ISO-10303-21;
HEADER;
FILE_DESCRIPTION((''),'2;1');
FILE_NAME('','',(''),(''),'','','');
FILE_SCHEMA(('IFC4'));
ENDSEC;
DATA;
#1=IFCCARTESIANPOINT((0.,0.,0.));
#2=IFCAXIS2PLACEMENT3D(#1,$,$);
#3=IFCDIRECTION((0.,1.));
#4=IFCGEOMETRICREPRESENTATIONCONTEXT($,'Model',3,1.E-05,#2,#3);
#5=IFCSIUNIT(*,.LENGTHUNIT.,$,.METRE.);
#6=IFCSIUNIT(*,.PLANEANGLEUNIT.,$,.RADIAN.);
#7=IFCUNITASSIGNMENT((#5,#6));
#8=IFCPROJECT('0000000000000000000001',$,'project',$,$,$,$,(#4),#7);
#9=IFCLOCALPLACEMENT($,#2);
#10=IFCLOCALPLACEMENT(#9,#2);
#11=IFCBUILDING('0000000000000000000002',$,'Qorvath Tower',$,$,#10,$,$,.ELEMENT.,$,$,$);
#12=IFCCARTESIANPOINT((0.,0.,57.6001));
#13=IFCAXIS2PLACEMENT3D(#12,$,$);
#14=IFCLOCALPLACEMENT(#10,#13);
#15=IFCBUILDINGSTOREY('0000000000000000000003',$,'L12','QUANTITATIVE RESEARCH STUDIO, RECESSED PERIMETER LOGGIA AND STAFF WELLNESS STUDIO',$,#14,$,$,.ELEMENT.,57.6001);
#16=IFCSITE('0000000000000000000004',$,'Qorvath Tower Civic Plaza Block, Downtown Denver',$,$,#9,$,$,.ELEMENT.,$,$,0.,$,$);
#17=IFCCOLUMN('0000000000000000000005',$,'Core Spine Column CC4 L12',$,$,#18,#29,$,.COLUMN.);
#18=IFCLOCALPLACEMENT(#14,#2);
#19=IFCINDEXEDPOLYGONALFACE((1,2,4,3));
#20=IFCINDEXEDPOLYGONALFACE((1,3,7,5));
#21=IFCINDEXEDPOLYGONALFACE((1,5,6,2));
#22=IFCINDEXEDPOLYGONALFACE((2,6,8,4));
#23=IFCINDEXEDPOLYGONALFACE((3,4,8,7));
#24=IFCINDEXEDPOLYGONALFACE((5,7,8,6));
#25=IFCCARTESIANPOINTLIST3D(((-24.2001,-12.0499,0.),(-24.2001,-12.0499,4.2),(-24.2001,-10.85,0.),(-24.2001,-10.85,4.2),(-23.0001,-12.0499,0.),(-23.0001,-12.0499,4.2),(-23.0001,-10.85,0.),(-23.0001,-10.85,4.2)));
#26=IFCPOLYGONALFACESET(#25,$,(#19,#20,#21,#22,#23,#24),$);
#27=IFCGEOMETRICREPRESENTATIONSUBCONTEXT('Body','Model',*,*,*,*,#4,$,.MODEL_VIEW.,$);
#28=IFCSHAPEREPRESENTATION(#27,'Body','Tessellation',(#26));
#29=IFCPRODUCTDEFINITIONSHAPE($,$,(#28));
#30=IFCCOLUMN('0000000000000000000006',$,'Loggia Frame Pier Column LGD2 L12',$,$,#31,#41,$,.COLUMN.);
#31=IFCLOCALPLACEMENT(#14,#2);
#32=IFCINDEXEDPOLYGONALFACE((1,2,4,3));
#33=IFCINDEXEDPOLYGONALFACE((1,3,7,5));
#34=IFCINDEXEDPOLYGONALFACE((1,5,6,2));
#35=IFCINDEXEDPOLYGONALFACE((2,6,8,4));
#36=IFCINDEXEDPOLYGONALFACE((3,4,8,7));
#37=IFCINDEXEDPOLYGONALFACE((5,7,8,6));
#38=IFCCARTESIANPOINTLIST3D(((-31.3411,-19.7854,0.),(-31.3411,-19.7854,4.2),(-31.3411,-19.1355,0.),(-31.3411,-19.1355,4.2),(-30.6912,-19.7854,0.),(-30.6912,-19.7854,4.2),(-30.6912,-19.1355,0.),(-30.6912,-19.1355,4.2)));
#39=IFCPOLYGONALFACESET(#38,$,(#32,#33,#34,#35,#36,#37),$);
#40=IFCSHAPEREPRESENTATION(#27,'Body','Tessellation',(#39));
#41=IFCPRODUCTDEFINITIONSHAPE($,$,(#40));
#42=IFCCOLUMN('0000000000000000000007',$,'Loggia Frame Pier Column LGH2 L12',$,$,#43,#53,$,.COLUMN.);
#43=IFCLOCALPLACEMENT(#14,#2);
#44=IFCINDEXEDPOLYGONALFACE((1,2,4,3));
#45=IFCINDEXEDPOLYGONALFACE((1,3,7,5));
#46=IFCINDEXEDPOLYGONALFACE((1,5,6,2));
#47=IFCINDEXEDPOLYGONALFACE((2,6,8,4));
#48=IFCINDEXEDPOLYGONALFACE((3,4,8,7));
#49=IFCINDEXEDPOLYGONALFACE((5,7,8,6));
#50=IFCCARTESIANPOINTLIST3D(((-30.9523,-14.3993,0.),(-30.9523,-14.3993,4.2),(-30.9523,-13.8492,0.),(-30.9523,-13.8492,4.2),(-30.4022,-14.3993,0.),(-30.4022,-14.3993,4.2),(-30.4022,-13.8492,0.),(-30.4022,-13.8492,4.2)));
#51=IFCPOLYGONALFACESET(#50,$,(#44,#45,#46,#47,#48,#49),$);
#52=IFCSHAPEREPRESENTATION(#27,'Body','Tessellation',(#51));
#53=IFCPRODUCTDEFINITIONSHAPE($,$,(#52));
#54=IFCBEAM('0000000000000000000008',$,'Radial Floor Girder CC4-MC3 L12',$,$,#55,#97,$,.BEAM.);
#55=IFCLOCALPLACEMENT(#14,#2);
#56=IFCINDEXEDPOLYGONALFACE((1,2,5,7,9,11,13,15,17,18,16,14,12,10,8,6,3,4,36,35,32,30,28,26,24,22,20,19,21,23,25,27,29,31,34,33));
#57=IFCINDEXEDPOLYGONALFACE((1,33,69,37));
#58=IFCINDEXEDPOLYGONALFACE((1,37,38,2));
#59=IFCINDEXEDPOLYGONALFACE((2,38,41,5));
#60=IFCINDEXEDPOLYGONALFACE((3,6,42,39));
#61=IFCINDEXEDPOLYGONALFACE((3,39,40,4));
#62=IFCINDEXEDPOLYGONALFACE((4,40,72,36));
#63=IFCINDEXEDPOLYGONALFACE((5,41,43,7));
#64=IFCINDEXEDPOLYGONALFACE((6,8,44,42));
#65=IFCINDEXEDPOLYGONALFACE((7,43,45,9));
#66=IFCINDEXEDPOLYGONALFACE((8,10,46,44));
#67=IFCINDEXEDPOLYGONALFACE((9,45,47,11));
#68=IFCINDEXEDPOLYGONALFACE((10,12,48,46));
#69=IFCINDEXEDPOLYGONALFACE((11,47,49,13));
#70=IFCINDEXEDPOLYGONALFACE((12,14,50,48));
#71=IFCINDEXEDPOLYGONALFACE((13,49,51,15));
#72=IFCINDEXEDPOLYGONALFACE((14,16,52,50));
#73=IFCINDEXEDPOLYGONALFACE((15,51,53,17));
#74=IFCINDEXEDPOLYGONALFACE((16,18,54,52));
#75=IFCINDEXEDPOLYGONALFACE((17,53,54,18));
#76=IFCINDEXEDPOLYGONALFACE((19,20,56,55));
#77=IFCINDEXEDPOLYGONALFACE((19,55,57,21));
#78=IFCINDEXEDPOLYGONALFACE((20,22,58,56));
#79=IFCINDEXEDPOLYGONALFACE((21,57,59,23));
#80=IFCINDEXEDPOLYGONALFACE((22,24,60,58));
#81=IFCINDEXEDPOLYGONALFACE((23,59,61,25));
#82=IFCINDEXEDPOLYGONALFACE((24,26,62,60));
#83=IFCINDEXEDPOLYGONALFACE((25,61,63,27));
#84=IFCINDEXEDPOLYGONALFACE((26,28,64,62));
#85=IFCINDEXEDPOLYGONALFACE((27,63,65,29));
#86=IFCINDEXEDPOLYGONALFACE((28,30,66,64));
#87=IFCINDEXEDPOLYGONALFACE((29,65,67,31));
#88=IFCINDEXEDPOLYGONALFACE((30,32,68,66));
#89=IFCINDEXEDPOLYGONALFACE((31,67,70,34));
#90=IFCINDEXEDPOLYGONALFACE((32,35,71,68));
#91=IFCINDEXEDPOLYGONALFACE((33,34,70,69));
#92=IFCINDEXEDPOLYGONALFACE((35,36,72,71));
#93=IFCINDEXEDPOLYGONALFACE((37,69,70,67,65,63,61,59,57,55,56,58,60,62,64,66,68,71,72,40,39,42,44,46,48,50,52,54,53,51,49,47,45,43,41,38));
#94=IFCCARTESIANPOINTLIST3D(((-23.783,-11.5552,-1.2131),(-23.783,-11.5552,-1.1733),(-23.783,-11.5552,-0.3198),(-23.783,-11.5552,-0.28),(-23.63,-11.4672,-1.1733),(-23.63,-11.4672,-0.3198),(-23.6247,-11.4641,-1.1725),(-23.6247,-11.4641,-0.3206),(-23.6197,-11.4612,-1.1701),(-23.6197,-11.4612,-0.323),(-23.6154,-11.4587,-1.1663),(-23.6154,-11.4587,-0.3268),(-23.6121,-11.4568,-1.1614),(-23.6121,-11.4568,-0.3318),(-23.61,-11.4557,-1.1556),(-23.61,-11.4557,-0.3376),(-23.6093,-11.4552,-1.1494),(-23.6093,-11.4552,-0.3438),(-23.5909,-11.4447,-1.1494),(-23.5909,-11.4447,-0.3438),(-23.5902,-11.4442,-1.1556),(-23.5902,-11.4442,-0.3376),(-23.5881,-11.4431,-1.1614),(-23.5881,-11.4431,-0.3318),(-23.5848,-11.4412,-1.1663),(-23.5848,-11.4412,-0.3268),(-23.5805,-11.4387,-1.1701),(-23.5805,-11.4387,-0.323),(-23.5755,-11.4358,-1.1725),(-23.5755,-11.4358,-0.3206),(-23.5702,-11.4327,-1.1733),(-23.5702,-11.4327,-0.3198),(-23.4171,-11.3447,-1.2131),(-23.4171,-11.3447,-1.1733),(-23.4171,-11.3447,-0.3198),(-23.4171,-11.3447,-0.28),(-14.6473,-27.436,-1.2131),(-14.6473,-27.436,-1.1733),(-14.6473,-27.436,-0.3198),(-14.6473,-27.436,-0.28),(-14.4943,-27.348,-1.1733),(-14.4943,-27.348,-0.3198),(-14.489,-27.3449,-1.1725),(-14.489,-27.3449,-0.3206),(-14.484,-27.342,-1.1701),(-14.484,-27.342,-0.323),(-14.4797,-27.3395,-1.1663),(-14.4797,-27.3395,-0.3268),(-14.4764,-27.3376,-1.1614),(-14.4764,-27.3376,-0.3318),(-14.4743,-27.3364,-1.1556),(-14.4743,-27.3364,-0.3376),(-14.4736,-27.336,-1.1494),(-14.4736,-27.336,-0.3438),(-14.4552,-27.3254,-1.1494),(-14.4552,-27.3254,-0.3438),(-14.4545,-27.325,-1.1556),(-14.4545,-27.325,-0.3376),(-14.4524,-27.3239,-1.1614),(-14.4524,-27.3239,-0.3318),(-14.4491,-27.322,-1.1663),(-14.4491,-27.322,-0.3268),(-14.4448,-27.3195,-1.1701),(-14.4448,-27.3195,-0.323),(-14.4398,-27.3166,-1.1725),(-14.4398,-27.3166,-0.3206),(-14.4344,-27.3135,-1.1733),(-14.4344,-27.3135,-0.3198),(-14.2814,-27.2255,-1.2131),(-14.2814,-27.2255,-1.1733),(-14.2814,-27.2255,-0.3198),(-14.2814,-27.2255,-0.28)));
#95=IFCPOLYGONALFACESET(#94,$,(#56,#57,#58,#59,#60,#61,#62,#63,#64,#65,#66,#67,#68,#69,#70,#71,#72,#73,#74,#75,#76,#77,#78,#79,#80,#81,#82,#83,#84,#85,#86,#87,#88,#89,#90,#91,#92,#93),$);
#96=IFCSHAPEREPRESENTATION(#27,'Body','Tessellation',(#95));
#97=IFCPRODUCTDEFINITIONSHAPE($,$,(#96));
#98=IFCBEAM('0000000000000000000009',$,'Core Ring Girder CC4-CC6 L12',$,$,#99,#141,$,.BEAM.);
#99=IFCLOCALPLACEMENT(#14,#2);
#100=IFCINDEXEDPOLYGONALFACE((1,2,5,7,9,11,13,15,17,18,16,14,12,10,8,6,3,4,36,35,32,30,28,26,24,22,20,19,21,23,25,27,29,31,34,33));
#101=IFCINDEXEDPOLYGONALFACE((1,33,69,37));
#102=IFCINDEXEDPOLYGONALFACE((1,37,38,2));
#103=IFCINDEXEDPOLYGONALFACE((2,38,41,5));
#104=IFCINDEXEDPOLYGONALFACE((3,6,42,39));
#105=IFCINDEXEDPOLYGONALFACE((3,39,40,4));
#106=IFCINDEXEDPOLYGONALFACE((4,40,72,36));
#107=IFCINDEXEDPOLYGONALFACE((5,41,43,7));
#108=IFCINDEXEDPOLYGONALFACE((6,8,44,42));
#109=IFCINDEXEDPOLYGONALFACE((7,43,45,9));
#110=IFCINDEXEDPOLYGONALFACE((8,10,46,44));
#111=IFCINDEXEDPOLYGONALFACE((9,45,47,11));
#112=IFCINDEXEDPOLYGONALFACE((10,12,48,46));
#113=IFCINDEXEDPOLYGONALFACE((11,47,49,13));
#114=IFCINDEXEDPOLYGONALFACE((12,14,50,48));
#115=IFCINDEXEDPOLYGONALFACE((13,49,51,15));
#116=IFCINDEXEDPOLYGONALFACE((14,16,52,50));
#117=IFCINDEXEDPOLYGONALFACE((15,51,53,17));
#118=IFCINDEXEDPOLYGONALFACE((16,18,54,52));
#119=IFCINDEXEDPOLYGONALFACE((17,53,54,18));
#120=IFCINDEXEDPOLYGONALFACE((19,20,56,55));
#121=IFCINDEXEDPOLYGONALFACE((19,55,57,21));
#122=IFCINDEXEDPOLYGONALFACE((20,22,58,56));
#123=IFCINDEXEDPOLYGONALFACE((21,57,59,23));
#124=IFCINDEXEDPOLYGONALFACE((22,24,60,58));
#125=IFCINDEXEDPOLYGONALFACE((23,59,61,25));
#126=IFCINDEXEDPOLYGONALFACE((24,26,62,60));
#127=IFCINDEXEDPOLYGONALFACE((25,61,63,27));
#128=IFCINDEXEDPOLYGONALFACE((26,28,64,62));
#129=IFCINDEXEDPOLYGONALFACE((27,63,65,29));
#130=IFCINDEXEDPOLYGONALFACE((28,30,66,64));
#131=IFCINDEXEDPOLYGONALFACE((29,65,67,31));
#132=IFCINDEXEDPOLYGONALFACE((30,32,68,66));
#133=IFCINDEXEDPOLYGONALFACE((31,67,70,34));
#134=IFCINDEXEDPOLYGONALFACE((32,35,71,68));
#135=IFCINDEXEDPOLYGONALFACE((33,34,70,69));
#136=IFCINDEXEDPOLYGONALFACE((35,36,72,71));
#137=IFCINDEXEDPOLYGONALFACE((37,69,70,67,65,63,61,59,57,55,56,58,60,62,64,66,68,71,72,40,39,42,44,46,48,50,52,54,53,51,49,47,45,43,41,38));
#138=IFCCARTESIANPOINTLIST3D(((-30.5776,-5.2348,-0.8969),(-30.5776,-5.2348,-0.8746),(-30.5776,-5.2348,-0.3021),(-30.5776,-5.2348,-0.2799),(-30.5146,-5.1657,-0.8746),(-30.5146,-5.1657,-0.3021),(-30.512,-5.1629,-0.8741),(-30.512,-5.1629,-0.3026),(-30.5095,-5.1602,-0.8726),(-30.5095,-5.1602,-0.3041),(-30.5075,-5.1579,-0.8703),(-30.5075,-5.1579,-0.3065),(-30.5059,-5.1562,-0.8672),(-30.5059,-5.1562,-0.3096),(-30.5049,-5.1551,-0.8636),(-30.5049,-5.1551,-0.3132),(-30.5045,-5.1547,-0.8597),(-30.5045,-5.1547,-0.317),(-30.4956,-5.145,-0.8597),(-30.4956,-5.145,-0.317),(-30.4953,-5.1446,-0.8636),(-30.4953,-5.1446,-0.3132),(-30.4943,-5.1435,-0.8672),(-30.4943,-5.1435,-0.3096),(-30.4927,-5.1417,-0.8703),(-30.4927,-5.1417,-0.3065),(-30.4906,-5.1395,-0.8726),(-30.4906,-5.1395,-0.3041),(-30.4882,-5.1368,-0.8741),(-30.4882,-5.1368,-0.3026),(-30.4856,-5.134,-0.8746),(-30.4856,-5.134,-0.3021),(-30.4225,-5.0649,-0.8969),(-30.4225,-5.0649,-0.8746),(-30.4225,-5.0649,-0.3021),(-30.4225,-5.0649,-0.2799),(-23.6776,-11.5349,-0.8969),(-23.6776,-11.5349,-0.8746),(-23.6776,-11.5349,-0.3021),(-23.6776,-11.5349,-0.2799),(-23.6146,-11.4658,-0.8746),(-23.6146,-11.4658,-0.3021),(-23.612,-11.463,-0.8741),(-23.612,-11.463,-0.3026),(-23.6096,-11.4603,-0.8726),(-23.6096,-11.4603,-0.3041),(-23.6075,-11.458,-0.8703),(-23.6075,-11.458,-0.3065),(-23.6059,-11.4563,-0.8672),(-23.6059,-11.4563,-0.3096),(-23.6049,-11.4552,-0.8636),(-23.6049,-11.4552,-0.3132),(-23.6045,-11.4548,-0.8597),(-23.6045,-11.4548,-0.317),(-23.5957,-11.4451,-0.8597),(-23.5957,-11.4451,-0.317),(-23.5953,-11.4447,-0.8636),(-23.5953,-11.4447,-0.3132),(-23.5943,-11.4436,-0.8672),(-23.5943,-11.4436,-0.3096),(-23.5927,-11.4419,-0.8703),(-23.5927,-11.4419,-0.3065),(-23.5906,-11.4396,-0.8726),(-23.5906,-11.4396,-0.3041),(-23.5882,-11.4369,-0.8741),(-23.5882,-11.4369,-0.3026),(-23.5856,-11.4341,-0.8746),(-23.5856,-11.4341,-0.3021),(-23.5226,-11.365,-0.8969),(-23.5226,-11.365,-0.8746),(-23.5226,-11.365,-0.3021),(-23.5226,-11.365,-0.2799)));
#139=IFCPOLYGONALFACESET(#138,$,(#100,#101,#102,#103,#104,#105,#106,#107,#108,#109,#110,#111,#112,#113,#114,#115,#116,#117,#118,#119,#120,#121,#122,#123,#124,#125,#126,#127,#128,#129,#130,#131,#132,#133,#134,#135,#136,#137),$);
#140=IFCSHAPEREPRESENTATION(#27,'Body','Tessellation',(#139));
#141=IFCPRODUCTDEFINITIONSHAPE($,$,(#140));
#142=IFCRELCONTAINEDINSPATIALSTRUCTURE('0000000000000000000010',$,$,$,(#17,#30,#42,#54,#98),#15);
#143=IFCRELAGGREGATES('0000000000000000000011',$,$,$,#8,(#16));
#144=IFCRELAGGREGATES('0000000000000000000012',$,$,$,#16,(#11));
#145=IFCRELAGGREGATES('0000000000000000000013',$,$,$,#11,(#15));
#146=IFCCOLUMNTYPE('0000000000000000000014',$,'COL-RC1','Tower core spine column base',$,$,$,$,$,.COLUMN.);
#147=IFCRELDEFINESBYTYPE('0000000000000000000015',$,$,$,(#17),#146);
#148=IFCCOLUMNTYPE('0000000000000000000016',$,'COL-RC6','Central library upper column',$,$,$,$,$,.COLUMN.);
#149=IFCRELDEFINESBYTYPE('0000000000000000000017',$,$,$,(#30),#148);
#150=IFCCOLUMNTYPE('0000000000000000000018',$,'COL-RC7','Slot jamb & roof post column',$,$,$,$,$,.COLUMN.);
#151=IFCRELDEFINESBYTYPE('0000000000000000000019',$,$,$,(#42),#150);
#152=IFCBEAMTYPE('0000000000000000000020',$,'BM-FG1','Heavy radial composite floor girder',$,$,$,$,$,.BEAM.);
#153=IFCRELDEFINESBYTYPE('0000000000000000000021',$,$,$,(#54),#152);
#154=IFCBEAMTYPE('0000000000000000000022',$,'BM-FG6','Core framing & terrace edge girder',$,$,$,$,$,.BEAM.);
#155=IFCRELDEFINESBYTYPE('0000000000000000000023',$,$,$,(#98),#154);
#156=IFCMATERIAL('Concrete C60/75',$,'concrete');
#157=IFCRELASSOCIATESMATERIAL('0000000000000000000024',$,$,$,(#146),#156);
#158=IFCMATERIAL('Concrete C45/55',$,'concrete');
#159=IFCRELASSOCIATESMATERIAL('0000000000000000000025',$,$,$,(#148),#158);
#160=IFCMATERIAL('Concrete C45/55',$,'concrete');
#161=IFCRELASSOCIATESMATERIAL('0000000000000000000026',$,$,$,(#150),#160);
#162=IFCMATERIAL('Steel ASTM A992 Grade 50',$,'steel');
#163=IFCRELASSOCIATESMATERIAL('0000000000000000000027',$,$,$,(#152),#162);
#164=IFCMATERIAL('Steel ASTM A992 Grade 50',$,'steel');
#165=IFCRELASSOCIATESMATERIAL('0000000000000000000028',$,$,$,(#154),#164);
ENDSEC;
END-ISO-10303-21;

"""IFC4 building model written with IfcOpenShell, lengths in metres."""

from ifc_helpers import new_model, si_unit, direction, frame, origin, origin_2d, place, context, subcontext, project, spatial, rectangle, i_section, extrude, material, material_profile, profile_set, type_object, element, save


model = new_model("IFC4")

# Units and contexts
model_context = context("Model", 3, precision=1e-05, world=origin(), true_north=direction((0.0, 1.0)))
body_context = subcontext(model_context, "Body", "Model", "MODEL_VIEW")
ifc_project = project(units=[si_unit("LENGTHUNIT", "METRE"), si_unit("PLANEANGLEUNIT", "RADIAN")], contexts=[model_context])

# Site, building, storey
site_placement = place(None, origin())
site = spatial("IfcSite", under=ifc_project, at=site_placement, Name="Qorvath Tower Civic Plaza Block, Downtown Denver", CompositionType="ELEMENT", RefElevation=0.0)
building_placement = place(site_placement, origin())
building = spatial("IfcBuilding", under=site, at=building_placement, Name="Qorvath Tower", CompositionType="ELEMENT")
storey_placement = place(building_placement, frame((0.0, 0.0, 57.6001)))
storey = spatial("IfcBuildingStorey", under=building, at=storey_placement, Name="L12", Description="QUANTITATIVE RESEARCH STUDIO, RECESSED PERIMETER LOGGIA AND STAFF WELLNESS STUDIO", CompositionType="ELEMENT", Elevation=57.6001)

# Columns
ifc_material_1 = material(Name="Concrete C60/75", Category="concrete")
ifc_material_profile_1 = material_profile(ifc_material_1, rectangle(XDim=1.2, YDim=1.2, at=origin_2d()), Name="RC 1200x1200")
ifc_profile_set_1 = profile_set([ifc_material_profile_1], Name="Concrete C60/75")
column_type_1 = type_object("IfcColumnType", Name="COL-RC1", Description="Tower core spine column base", PredefinedType="COLUMN", material=ifc_profile_set_1)
column_1_placement = place(storey_placement, frame((-23.6001, -11.45, 0.0), z_axis=(0.0, 0.0, 1.0), x_axis=(1.0, 0.0, 0.0)))
element("IfcColumn", 1, at=column_1_placement, inside=storey, type_object=column_type_1, Name="Core Spine Column CC4 L12", PredefinedType="COLUMN", context=body_context, shape_type="SweptSolid", body=[
    extrude(rectangle(XDim=1.2, YDim=1.2, at=origin_2d()), origin(), (0.0, 0.0, 1.0), 4.2),
])
ifc_material_2 = material(Name="Concrete C45/55", Category="concrete")
ifc_material_profile_2 = material_profile(ifc_material_2, rectangle(XDim=0.6499, YDim=0.6499, at=origin_2d()), Name="RC 650x650")
ifc_profile_set_2 = profile_set([ifc_material_profile_2], Name="Concrete C45/55")
column_type_2 = type_object("IfcColumnType", Name="COL-RC6", Description="Central library upper column", PredefinedType="COLUMN", material=ifc_profile_set_2)
column_2_placement = place(storey_placement, frame((-31.0161, -19.4604, 0.0), z_axis=(0.0, 0.0, 1.0), x_axis=(1.0, 0.0, 0.0)))
element("IfcColumn", 2, at=column_2_placement, inside=storey, type_object=column_type_2, Name="Loggia Frame Pier Column LGD2 L12", PredefinedType="COLUMN", context=body_context, shape_type="SweptSolid", body=[
    extrude(rectangle(XDim=0.6499, YDim=0.6499, at=origin_2d()), origin(), (0.0, 0.0, 1.0), 4.2),
])
ifc_material_3 = material(Name="Concrete C45/55", Category="concrete")
ifc_material_profile_3 = material_profile(ifc_material_3, rectangle(XDim=0.55, YDim=0.55, at=origin_2d()), Name="RC 550x550")
ifc_profile_set_3 = profile_set([ifc_material_profile_3], Name="Concrete C45/55")
column_type_3 = type_object("IfcColumnType", Name="COL-RC7", Description="Slot jamb & roof post column", PredefinedType="COLUMN", material=ifc_profile_set_3)
column_3_placement = place(storey_placement, frame((-30.6772, -14.1243, 0.0), z_axis=(0.0, 0.0, 1.0), x_axis=(1.0, 0.0, 0.0)))
element("IfcColumn", 3, at=column_3_placement, inside=storey, type_object=column_type_3, Name="Loggia Frame Pier Column LGH2 L12", PredefinedType="COLUMN", context=body_context, shape_type="SweptSolid", body=[
    extrude(rectangle(XDim=0.55, YDim=0.55, at=origin_2d()), origin(), (0.0, 0.0, 1.0), 4.2),
])

# Beams
ifc_material_4 = material(Name="Steel ASTM A992 Grade 50", Category="steel")
ifc_material_profile_4 = material_profile(ifc_material_4, i_section(OverallWidth=0.4221, OverallDepth=0.9331, WebThickness=0.0212, FlangeThickness=0.0398, FilletRadius=0.0239, at=origin_2d()), Name="W36x262")
ifc_profile_set_4 = profile_set([ifc_material_profile_4], Name="Steel ASTM A992 Grade 50")
beam_type_1 = type_object("IfcBeamType", Name="BM-FG1", Description="Heavy radial composite floor girder", PredefinedType="BEAM", material=ifc_profile_set_4)
beam_1_placement = place(storey_placement, frame((-23.6001, -11.45, -0.7466), z_axis=(0.498645, -0.866806, 0.0), x_axis=(0.866806, 0.498645, 0.0)))
element("IfcBeam", 4, at=beam_1_placement, inside=storey, type_object=beam_type_1, Name="Radial Floor Girder CC4-MC3 L12", PredefinedType="BEAM", context=body_context, shape_type="SweptSolid", body=[
    extrude(i_section(OverallWidth=0.4221, OverallDepth=0.9331, WebThickness=0.0212, FlangeThickness=0.0398, FilletRadius=0.0239, at=origin_2d()), origin(), (0.0, 0.0, 1.0), 18.321),
])
ifc_material_5 = material(Name="Steel ASTM A992 Grade 50", Category="steel")
ifc_material_profile_5 = material_profile(ifc_material_5, i_section(OverallWidth=0.23, OverallDepth=0.6169, WebThickness=0.0132, FlangeThickness=0.0222, FilletRadius=0.0149, at=origin_2d()), Name="W24x94")
ifc_profile_set_5 = profile_set([ifc_material_profile_5], Name="Steel ASTM A992 Grade 50")
beam_type_2 = type_object("IfcBeamType", Name="BM-FG6", Description="Core framing & terrace edge girder", PredefinedType="BEAM", material=ifc_profile_set_5)
beam_2_placement = place(storey_placement, frame((-23.6001, -11.45, -0.5884), z_axis=(-0.738478, 0.674277, 0.0), x_axis=(-0.674277, -0.738478, 0.0)))
element("IfcBeam", 5, at=beam_2_placement, inside=storey, type_object=beam_type_2, Name="Core Ring Girder CC4-CC6 L12", PredefinedType="BEAM", context=body_context, shape_type="SweptSolid", body=[
    extrude(i_section(OverallWidth=0.23, OverallDepth=0.6169, WebThickness=0.0132, FlangeThickness=0.0222, FilletRadius=0.0149, at=origin_2d()), origin(), (0.0, 0.0, 1.0), 9.3435),
])

save(model, "model.ifc")
